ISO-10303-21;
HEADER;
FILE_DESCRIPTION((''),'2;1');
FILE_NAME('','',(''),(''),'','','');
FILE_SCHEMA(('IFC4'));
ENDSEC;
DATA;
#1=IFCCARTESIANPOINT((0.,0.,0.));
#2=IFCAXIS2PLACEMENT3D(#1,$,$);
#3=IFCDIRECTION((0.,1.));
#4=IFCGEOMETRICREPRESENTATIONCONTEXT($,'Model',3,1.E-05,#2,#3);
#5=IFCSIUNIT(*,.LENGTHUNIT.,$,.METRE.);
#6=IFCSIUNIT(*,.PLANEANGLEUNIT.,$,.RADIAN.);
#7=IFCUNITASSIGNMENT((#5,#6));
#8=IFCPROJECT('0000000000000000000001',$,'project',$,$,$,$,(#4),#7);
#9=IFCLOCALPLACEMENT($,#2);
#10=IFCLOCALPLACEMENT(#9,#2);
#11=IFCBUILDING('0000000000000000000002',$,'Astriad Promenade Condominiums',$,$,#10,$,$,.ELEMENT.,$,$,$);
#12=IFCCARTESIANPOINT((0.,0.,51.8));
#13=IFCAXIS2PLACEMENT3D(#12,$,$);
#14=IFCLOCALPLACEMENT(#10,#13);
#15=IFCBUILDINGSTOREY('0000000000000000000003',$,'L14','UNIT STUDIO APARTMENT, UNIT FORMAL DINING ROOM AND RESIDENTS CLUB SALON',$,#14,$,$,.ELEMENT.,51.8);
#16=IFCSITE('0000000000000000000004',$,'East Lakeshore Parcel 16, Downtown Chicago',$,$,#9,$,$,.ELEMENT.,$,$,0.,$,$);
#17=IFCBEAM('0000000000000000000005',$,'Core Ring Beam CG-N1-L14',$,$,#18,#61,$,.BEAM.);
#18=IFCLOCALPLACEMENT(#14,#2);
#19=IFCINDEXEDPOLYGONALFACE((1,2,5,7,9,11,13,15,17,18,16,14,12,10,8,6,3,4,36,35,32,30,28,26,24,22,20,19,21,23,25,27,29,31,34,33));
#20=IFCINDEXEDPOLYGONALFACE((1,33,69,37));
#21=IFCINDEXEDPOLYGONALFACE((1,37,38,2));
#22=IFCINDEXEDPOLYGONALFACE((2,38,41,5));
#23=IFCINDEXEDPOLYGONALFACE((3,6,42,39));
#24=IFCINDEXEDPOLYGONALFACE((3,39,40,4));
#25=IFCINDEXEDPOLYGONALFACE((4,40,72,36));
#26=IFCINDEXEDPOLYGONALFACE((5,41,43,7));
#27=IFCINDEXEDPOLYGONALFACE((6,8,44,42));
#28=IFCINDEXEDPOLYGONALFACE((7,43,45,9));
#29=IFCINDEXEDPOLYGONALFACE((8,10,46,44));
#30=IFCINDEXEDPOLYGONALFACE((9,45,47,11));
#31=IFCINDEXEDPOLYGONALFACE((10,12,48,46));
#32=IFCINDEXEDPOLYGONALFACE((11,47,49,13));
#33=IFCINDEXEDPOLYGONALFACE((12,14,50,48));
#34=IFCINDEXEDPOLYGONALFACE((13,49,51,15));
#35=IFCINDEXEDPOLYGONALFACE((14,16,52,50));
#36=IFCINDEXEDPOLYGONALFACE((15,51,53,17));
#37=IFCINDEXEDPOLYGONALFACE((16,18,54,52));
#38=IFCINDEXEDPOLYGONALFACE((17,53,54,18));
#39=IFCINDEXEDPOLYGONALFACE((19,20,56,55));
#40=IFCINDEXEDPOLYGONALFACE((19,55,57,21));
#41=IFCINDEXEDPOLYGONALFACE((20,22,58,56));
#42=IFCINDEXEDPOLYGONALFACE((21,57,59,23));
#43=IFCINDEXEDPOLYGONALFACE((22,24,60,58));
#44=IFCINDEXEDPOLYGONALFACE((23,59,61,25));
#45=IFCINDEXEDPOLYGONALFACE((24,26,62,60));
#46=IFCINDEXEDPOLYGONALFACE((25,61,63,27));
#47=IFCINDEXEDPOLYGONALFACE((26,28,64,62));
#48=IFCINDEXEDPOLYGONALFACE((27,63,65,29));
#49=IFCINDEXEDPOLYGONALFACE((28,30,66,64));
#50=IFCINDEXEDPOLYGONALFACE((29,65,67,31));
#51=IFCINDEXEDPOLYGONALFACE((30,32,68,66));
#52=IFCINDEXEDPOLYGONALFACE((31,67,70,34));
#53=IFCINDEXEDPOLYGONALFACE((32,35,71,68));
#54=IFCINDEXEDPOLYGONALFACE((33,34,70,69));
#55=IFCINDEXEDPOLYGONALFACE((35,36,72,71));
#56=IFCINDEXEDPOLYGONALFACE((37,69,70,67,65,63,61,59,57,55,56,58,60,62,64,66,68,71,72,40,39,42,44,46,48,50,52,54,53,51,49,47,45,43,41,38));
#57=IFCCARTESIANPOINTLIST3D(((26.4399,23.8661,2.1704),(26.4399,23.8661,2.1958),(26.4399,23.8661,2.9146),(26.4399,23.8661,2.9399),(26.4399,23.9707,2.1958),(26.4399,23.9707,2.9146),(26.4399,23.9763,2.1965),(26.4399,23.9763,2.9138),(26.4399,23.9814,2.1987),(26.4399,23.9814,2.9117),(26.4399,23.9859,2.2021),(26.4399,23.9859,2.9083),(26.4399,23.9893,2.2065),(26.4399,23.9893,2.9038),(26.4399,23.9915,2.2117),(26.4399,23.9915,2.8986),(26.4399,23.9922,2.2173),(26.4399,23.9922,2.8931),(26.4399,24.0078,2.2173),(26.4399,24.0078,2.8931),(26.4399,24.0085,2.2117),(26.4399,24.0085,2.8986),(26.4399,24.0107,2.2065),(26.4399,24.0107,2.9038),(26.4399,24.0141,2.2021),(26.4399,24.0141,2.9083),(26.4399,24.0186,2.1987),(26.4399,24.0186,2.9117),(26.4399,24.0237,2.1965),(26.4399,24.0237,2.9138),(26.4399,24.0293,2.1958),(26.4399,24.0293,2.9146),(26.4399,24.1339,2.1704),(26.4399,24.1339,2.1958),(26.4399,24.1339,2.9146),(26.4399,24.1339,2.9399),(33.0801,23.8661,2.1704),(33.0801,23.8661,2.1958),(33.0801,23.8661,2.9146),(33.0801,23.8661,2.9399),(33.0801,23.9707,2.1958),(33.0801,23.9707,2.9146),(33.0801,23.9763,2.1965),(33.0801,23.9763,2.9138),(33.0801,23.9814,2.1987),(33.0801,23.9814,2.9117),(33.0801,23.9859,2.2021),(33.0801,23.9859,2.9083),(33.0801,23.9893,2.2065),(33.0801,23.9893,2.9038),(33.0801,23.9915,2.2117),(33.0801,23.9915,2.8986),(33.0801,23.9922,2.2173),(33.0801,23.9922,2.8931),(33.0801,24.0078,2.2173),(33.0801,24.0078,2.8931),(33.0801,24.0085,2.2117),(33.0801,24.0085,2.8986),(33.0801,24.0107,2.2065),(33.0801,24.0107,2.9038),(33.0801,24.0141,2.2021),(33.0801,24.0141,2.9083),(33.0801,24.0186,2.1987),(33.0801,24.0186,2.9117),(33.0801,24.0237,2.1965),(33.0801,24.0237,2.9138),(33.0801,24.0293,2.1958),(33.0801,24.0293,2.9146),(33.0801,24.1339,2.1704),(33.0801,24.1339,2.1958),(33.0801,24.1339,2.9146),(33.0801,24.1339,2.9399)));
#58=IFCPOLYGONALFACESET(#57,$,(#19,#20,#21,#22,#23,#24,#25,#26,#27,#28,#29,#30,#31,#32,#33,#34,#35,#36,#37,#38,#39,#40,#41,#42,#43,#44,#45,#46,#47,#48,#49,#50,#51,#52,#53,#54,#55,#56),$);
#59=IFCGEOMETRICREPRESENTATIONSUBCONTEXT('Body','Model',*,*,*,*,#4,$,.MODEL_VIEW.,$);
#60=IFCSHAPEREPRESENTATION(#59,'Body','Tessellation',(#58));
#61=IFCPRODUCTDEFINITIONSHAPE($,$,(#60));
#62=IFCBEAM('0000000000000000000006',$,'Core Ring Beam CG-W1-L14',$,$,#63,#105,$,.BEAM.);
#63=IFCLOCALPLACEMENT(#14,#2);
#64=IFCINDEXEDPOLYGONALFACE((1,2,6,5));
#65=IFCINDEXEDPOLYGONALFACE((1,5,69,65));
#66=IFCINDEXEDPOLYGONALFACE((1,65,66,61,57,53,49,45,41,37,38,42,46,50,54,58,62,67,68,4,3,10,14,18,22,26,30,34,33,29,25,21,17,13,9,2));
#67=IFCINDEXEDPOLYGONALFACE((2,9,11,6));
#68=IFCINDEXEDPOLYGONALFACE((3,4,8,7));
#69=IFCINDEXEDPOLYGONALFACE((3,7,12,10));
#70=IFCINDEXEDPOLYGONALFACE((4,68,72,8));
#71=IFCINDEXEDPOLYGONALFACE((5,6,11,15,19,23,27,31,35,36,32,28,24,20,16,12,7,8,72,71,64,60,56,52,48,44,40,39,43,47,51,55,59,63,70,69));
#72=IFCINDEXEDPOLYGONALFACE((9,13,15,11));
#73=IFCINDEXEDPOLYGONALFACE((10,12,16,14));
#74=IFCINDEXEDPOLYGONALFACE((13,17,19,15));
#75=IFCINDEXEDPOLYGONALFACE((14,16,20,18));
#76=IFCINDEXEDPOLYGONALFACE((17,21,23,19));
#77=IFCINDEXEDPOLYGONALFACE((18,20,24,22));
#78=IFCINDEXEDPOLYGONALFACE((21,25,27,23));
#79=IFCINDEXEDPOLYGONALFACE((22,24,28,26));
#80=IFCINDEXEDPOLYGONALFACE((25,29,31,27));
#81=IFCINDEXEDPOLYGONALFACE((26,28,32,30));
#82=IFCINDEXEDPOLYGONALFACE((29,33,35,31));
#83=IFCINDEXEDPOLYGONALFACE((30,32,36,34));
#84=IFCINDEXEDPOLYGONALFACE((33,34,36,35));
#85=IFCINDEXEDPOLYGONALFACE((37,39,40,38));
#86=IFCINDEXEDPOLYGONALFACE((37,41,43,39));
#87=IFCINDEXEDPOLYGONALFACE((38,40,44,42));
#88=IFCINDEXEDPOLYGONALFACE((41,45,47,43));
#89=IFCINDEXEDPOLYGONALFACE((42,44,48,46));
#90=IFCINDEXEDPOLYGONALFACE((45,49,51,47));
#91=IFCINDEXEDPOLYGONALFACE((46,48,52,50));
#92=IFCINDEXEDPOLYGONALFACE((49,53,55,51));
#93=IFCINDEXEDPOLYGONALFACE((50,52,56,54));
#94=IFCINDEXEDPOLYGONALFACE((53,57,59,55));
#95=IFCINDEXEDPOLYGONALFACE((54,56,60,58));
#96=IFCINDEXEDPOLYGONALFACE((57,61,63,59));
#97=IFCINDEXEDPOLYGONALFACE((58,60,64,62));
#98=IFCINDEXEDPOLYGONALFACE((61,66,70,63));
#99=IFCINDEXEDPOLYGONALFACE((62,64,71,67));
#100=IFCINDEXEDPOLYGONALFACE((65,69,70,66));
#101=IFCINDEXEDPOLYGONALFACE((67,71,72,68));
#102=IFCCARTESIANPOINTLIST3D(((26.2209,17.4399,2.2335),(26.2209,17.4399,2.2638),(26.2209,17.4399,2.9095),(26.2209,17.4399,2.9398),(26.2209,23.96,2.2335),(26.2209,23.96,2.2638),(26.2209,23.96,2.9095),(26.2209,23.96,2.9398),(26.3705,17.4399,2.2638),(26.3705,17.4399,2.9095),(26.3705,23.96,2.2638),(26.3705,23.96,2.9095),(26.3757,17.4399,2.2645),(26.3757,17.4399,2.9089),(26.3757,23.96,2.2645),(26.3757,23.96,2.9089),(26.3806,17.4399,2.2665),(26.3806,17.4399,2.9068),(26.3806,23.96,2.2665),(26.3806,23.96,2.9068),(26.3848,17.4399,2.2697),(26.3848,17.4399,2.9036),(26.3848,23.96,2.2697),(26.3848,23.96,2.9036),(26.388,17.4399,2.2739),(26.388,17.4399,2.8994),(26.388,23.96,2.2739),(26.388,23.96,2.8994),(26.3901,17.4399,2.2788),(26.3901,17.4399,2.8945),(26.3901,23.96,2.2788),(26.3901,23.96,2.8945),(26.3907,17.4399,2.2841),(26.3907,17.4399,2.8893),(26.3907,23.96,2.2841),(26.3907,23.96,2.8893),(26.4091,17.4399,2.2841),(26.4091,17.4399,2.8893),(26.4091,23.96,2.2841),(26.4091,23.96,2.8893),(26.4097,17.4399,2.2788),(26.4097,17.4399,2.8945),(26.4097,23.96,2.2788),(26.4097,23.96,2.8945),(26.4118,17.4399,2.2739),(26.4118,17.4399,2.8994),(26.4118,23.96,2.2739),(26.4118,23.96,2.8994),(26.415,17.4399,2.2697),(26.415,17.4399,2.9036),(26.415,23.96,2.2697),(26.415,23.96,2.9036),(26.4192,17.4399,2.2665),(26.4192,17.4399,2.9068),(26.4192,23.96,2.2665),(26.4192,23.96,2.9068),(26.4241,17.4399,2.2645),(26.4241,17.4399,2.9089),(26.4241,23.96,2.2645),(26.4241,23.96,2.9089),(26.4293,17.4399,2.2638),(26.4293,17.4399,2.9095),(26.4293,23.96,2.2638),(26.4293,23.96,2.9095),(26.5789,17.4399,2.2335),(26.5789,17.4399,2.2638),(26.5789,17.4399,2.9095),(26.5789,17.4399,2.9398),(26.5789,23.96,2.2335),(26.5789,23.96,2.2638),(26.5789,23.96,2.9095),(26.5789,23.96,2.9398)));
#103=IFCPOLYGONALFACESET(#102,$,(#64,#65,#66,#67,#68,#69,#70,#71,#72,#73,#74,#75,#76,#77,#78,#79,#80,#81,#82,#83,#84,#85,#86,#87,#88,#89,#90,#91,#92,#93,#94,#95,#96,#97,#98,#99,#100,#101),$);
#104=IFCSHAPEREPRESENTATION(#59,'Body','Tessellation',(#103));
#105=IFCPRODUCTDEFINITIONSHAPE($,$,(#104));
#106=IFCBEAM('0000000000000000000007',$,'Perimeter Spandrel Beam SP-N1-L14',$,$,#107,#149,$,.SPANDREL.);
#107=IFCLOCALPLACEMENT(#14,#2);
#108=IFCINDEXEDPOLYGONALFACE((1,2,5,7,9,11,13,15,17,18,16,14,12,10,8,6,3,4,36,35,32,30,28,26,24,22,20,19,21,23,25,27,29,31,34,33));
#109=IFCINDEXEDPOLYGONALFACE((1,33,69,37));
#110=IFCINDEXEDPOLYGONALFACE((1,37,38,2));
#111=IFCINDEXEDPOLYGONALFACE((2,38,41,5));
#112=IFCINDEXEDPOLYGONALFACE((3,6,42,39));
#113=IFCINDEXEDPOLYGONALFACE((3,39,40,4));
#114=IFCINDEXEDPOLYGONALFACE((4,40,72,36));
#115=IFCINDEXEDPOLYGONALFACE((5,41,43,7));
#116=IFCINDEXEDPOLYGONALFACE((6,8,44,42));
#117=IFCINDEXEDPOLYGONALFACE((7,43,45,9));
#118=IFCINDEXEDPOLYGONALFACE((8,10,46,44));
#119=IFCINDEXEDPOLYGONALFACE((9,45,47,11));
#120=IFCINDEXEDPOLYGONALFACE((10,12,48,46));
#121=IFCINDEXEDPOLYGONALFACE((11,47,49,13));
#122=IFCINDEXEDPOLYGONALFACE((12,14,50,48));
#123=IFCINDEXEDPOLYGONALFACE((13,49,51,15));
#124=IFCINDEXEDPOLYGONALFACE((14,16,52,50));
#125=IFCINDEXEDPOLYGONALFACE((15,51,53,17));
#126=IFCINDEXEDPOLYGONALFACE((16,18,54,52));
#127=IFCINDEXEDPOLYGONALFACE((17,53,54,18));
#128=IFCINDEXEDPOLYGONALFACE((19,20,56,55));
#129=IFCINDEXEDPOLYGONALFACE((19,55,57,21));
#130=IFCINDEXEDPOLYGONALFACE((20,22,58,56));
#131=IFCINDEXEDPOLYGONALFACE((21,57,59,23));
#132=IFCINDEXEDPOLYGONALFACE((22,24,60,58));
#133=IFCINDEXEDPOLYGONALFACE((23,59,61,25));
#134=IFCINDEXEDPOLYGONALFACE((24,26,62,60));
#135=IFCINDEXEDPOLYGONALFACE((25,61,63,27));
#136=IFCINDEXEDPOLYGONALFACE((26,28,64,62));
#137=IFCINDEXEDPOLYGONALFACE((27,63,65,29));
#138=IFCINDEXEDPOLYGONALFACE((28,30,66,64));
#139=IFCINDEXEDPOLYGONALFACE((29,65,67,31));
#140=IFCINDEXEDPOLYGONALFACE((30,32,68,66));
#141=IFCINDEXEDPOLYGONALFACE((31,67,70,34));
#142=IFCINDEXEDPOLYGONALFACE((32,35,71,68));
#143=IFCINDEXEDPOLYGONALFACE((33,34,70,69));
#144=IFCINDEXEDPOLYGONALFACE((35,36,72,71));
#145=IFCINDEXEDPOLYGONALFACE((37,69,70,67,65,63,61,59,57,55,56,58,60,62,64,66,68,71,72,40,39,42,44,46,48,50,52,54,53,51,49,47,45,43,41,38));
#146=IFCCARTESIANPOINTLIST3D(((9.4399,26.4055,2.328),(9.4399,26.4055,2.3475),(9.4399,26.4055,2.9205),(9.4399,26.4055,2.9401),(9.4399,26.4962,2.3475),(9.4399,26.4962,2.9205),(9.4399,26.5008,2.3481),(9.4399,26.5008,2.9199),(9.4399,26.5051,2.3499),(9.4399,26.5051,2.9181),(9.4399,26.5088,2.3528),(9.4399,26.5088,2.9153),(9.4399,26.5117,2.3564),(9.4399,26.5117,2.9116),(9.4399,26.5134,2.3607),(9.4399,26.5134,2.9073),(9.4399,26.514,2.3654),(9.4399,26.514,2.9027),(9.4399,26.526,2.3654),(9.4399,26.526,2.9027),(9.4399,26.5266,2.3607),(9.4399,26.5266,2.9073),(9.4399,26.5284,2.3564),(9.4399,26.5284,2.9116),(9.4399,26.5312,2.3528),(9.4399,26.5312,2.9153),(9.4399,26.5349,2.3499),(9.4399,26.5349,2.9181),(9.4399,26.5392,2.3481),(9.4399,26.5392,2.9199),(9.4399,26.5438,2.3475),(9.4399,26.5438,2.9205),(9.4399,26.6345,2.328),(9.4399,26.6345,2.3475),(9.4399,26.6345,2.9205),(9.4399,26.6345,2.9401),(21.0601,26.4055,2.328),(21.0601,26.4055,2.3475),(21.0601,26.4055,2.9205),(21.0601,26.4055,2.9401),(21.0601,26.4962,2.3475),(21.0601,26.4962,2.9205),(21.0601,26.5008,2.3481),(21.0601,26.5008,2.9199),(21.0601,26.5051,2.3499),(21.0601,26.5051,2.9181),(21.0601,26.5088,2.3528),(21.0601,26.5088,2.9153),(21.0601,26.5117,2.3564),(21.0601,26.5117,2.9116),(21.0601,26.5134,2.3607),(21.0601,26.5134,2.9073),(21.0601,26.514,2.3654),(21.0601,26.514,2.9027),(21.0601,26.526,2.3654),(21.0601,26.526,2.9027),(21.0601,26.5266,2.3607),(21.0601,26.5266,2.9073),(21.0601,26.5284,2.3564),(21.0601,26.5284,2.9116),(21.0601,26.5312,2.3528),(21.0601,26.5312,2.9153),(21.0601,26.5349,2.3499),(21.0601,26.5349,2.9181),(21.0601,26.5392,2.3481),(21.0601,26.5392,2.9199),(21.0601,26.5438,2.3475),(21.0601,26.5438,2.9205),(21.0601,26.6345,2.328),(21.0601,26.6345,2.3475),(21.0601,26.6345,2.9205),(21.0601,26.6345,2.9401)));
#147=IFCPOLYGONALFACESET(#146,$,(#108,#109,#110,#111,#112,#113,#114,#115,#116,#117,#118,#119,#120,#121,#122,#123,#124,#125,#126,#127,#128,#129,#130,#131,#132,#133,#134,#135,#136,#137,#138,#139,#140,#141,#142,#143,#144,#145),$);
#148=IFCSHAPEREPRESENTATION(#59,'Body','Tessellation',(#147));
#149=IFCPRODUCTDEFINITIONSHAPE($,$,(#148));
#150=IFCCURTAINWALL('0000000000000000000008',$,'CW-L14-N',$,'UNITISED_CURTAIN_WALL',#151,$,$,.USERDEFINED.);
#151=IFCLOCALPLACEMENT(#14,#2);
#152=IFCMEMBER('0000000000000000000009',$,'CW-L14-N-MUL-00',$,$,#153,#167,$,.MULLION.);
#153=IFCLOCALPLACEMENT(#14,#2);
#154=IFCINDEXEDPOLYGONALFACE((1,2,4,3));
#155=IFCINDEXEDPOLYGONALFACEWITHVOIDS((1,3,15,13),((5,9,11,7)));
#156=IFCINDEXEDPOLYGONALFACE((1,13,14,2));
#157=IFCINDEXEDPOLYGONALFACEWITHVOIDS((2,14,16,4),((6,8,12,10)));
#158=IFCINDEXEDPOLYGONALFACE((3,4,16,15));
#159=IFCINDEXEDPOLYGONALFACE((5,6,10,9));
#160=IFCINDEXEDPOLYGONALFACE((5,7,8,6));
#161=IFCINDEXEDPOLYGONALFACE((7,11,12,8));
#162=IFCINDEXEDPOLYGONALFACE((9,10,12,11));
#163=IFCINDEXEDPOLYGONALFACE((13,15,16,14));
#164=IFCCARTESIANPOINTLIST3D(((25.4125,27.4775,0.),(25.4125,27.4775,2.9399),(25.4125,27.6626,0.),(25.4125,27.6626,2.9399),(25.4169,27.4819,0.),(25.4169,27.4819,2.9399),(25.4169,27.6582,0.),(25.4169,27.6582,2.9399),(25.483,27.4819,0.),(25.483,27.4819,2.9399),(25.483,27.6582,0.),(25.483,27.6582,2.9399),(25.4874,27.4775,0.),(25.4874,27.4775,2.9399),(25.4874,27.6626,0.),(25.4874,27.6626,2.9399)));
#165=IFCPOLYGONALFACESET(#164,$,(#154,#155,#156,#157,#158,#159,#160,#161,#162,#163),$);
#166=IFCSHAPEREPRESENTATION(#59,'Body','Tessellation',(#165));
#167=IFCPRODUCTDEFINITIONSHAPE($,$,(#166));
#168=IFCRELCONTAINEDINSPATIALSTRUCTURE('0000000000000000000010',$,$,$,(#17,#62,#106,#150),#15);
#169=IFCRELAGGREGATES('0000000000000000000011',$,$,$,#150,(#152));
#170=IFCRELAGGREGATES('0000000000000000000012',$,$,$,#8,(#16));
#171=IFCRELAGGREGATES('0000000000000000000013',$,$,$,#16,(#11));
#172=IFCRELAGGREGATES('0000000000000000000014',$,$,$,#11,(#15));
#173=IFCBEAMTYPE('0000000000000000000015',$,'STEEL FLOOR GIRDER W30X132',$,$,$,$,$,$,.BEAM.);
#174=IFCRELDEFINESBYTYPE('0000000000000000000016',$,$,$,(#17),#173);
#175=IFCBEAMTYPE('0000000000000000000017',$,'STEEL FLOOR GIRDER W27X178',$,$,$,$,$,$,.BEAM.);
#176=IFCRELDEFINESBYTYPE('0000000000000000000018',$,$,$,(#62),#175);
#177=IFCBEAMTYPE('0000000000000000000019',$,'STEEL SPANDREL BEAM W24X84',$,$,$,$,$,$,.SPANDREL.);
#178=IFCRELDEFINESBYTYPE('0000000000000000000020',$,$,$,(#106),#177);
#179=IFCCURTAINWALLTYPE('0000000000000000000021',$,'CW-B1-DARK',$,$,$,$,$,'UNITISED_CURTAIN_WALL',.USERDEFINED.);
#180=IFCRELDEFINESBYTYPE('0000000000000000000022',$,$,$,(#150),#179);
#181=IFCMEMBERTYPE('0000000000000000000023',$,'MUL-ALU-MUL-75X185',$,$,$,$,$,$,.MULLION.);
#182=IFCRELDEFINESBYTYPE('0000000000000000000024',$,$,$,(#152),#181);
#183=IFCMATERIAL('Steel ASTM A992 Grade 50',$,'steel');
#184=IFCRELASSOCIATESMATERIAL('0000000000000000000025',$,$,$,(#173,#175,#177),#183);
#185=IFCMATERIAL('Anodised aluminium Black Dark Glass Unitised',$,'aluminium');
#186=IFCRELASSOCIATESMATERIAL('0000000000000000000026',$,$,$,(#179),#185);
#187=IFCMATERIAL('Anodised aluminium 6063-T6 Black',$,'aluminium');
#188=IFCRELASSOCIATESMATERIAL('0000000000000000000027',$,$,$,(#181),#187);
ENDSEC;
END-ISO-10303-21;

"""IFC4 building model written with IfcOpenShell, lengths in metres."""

from ifc_helpers import new_model, si_unit, direction, frame, origin, origin_2d, place, context, subcontext, project, spatial, hollow_rectangle, i_section, extrude, source, transform, mapped, material, material_profile, profile_set, type_object, type_shapes, element, aggregate, save


model = new_model("IFC4")

# Units and contexts
model_context = context("Model", 3, precision=1e-05, world=origin(), true_north=direction((0.0, 1.0)))
body_context = subcontext(model_context, "Body", "Model", "MODEL_VIEW")
ifc_project = project(units=[si_unit("LENGTHUNIT", "METRE"), si_unit("PLANEANGLEUNIT", "RADIAN")], contexts=[model_context])

# Site, building, storey
site_placement = place(None, origin())
site = spatial("IfcSite", under=ifc_project, at=site_placement, Name="East Lakeshore Parcel 16, Downtown Chicago", CompositionType="ELEMENT", RefElevation=0.0)
building_placement = place(site_placement, origin())
building = spatial("IfcBuilding", under=site, at=building_placement, Name="Astriad Promenade Condominiums", CompositionType="ELEMENT")
storey_placement = place(building_placement, frame((0.0, 0.0, 51.8)))
storey = spatial("IfcBuildingStorey", under=building, at=storey_placement, Name="L14", Description="UNIT STUDIO APARTMENT, UNIT FORMAL DINING ROOM AND RESIDENTS CLUB SALON", CompositionType="ELEMENT", Elevation=51.8)

# Shared definitions
ifc_material_1 = material(Name="Steel ASTM A992 Grade 50", Category="steel")

# Beams
ifc_material_profile_1 = material_profile(ifc_material_1, i_section(OverallWidth=0.2678, OverallDepth=0.7695, WebThickness=0.0156, FlangeThickness=0.0254, FilletRadius=0.0215, at=origin_2d()), Name="W30X132")
ifc_profile_set_1 = profile_set([ifc_material_profile_1], Name="Steel ASTM A992 Grade 50")
beam_type_1 = type_object("IfcBeamType", Name="STEEL FLOOR GIRDER W30X132", PredefinedType="BEAM", material=ifc_profile_set_1)
shared_shape_1 = source(origin(), body_context, "Body", "SweptSolid", [
    extrude(i_section(OverallWidth=0.2678, OverallDepth=0.7695, WebThickness=0.0156, FlangeThickness=0.0254, FilletRadius=0.0215, at=origin_2d()), origin(), (0.0, 0.0, 1.0), 6.6401),
])
type_shapes(beam_type_1, [shared_shape_1])
beam_1_placement = place(storey_placement, frame((26.4399, 24.0, 2.5552), z_axis=(1.0, 0.0, 0.0), x_axis=(0.0, 1.0, 0.0)))
element("IfcBeam", 1, at=beam_1_placement, inside=storey, type_object=beam_type_1, Name="Core Ring Beam CG-N1-L14", PredefinedType="BEAM", context=body_context, shape_type="MappedRepresentation", body=[
    mapped(shared_shape_1, transform((0.0, 0.0, 0.0), scale=1.0)),
])
ifc_material_profile_2 = material_profile(ifc_material_1, i_section(OverallWidth=0.3579, OverallDepth=0.7063, WebThickness=0.0183, FlangeThickness=0.0303, FilletRadius=0.0203, at=origin_2d()), Name="W27X178")
ifc_profile_set_2 = profile_set([ifc_material_profile_2], Name="Steel ASTM A992 Grade 50")
beam_type_2 = type_object("IfcBeamType", Name="STEEL FLOOR GIRDER W27X178", PredefinedType="BEAM", material=ifc_profile_set_2)
shared_shape_2 = source(origin(), body_context, "Body", "SweptSolid", [
    extrude(i_section(OverallWidth=0.3579, OverallDepth=0.7063, WebThickness=0.0183, FlangeThickness=0.0303, FilletRadius=0.0203, at=origin_2d()), origin(), (0.0, 0.0, 1.0), 6.52),
])
type_shapes(beam_type_2, [shared_shape_2])
beam_2_placement = place(storey_placement, frame((26.3999, 17.4399, 2.5867), z_axis=(0.0, 1.0, 0.0), x_axis=(-1.0, 0.0, 0.0)))
element("IfcBeam", 2, at=beam_2_placement, inside=storey, type_object=beam_type_2, Name="Core Ring Beam CG-W1-L14", PredefinedType="BEAM", context=body_context, shape_type="MappedRepresentation", body=[
    mapped(shared_shape_2, transform((0.0, 0.0, 0.0), scale=1.0)),
])
ifc_material_profile_3 = material_profile(ifc_material_1, i_section(OverallWidth=0.229, OverallDepth=0.6121, WebThickness=0.012, FlangeThickness=0.0195, FilletRadius=0.0178, at=origin_2d()), Name="W24X84")
ifc_profile_set_3 = profile_set([ifc_material_profile_3], Name="Steel ASTM A992 Grade 50")
beam_type_3 = type_object("IfcBeamType", Name="STEEL SPANDREL BEAM W24X84", PredefinedType="SPANDREL", material=ifc_profile_set_3)
shared_shape_3 = source(origin(), body_context, "Body", "SweptSolid", [
    extrude(i_section(OverallWidth=0.229, OverallDepth=0.6121, WebThickness=0.012, FlangeThickness=0.0195, FilletRadius=0.0178, at=origin_2d()), origin(), (0.0, 0.0, 1.0), 11.6201),
])
type_shapes(beam_type_3, [shared_shape_3])
beam_3_placement = place(storey_placement, frame((21.0601, 26.52, 2.634), z_axis=(-1.0, 0.0, 0.0), x_axis=(0.0, -1.0, 0.0)))
element("IfcBeam", 3, at=beam_3_placement, inside=storey, type_object=beam_type_3, Name="Perimeter Spandrel Beam SP-N1-L14", PredefinedType="SPANDREL", context=body_context, shape_type="MappedRepresentation", body=[
    mapped(shared_shape_3, transform((0.0, 0.0, 0.0), scale=1.0)),
])

# Curtain wall, member
ifc_material_2 = material(Name="Anodised aluminium Black Dark Glass Unitised", Category="aluminium")
curtain_wall_type = type_object("IfcCurtainWallType", Name="CW-B1-DARK", ElementType="UNITISED_CURTAIN_WALL", PredefinedType="USERDEFINED", material=ifc_material_2)
curtain_wall_placement = place(storey_placement, origin())
curtain_wall = element("IfcCurtainWall", 4, at=curtain_wall_placement, inside=storey, type_object=curtain_wall_type, Name="CW-L14-N", ObjectType="UNITISED_CURTAIN_WALL", PredefinedType="USERDEFINED")
ifc_material_3 = material(Name="Anodised aluminium 6063-T6 Black", Category="aluminium")
ifc_material_profile_4 = material_profile(ifc_material_3, hollow_rectangle(XDim=0.075, YDim=0.1851, WallThickness=0.0044, at=origin_2d()), Name="ALU-MUL-75X185")
ifc_profile_set_4 = profile_set([ifc_material_profile_4], Name="Anodised aluminium 6063-T6 Black")
member_type_1 = type_object("IfcMemberType", Name="MUL-ALU-MUL-75X185", PredefinedType="MULLION", material=ifc_profile_set_4)
shared_shape_4 = source(origin(), body_context, "Body", "SweptSolid", [
    extrude(hollow_rectangle(XDim=0.075, YDim=0.1851, WallThickness=0.0044, at=origin_2d()), origin(), (0.0, 0.0, 1.0), 2.9399),
])
type_shapes(member_type_1, [shared_shape_4])
member_1_placement = place(storey_placement, frame((25.45, 27.5701, 0.0), z_axis=(0.0, 0.0, 1.0), x_axis=(1.0, 0.0, 0.0)))
member_1 = element("IfcMember", 5, at=member_1_placement, type_object=member_type_1, Name="CW-L14-N-MUL-00", PredefinedType="MULLION", context=body_context, shape_type="MappedRepresentation", body=[
    mapped(shared_shape_4, transform((0.0, 0.0, 0.0), scale=1.0)),
])
aggregate(curtain_wall, [member_1])

save(model, "model.ifc")
